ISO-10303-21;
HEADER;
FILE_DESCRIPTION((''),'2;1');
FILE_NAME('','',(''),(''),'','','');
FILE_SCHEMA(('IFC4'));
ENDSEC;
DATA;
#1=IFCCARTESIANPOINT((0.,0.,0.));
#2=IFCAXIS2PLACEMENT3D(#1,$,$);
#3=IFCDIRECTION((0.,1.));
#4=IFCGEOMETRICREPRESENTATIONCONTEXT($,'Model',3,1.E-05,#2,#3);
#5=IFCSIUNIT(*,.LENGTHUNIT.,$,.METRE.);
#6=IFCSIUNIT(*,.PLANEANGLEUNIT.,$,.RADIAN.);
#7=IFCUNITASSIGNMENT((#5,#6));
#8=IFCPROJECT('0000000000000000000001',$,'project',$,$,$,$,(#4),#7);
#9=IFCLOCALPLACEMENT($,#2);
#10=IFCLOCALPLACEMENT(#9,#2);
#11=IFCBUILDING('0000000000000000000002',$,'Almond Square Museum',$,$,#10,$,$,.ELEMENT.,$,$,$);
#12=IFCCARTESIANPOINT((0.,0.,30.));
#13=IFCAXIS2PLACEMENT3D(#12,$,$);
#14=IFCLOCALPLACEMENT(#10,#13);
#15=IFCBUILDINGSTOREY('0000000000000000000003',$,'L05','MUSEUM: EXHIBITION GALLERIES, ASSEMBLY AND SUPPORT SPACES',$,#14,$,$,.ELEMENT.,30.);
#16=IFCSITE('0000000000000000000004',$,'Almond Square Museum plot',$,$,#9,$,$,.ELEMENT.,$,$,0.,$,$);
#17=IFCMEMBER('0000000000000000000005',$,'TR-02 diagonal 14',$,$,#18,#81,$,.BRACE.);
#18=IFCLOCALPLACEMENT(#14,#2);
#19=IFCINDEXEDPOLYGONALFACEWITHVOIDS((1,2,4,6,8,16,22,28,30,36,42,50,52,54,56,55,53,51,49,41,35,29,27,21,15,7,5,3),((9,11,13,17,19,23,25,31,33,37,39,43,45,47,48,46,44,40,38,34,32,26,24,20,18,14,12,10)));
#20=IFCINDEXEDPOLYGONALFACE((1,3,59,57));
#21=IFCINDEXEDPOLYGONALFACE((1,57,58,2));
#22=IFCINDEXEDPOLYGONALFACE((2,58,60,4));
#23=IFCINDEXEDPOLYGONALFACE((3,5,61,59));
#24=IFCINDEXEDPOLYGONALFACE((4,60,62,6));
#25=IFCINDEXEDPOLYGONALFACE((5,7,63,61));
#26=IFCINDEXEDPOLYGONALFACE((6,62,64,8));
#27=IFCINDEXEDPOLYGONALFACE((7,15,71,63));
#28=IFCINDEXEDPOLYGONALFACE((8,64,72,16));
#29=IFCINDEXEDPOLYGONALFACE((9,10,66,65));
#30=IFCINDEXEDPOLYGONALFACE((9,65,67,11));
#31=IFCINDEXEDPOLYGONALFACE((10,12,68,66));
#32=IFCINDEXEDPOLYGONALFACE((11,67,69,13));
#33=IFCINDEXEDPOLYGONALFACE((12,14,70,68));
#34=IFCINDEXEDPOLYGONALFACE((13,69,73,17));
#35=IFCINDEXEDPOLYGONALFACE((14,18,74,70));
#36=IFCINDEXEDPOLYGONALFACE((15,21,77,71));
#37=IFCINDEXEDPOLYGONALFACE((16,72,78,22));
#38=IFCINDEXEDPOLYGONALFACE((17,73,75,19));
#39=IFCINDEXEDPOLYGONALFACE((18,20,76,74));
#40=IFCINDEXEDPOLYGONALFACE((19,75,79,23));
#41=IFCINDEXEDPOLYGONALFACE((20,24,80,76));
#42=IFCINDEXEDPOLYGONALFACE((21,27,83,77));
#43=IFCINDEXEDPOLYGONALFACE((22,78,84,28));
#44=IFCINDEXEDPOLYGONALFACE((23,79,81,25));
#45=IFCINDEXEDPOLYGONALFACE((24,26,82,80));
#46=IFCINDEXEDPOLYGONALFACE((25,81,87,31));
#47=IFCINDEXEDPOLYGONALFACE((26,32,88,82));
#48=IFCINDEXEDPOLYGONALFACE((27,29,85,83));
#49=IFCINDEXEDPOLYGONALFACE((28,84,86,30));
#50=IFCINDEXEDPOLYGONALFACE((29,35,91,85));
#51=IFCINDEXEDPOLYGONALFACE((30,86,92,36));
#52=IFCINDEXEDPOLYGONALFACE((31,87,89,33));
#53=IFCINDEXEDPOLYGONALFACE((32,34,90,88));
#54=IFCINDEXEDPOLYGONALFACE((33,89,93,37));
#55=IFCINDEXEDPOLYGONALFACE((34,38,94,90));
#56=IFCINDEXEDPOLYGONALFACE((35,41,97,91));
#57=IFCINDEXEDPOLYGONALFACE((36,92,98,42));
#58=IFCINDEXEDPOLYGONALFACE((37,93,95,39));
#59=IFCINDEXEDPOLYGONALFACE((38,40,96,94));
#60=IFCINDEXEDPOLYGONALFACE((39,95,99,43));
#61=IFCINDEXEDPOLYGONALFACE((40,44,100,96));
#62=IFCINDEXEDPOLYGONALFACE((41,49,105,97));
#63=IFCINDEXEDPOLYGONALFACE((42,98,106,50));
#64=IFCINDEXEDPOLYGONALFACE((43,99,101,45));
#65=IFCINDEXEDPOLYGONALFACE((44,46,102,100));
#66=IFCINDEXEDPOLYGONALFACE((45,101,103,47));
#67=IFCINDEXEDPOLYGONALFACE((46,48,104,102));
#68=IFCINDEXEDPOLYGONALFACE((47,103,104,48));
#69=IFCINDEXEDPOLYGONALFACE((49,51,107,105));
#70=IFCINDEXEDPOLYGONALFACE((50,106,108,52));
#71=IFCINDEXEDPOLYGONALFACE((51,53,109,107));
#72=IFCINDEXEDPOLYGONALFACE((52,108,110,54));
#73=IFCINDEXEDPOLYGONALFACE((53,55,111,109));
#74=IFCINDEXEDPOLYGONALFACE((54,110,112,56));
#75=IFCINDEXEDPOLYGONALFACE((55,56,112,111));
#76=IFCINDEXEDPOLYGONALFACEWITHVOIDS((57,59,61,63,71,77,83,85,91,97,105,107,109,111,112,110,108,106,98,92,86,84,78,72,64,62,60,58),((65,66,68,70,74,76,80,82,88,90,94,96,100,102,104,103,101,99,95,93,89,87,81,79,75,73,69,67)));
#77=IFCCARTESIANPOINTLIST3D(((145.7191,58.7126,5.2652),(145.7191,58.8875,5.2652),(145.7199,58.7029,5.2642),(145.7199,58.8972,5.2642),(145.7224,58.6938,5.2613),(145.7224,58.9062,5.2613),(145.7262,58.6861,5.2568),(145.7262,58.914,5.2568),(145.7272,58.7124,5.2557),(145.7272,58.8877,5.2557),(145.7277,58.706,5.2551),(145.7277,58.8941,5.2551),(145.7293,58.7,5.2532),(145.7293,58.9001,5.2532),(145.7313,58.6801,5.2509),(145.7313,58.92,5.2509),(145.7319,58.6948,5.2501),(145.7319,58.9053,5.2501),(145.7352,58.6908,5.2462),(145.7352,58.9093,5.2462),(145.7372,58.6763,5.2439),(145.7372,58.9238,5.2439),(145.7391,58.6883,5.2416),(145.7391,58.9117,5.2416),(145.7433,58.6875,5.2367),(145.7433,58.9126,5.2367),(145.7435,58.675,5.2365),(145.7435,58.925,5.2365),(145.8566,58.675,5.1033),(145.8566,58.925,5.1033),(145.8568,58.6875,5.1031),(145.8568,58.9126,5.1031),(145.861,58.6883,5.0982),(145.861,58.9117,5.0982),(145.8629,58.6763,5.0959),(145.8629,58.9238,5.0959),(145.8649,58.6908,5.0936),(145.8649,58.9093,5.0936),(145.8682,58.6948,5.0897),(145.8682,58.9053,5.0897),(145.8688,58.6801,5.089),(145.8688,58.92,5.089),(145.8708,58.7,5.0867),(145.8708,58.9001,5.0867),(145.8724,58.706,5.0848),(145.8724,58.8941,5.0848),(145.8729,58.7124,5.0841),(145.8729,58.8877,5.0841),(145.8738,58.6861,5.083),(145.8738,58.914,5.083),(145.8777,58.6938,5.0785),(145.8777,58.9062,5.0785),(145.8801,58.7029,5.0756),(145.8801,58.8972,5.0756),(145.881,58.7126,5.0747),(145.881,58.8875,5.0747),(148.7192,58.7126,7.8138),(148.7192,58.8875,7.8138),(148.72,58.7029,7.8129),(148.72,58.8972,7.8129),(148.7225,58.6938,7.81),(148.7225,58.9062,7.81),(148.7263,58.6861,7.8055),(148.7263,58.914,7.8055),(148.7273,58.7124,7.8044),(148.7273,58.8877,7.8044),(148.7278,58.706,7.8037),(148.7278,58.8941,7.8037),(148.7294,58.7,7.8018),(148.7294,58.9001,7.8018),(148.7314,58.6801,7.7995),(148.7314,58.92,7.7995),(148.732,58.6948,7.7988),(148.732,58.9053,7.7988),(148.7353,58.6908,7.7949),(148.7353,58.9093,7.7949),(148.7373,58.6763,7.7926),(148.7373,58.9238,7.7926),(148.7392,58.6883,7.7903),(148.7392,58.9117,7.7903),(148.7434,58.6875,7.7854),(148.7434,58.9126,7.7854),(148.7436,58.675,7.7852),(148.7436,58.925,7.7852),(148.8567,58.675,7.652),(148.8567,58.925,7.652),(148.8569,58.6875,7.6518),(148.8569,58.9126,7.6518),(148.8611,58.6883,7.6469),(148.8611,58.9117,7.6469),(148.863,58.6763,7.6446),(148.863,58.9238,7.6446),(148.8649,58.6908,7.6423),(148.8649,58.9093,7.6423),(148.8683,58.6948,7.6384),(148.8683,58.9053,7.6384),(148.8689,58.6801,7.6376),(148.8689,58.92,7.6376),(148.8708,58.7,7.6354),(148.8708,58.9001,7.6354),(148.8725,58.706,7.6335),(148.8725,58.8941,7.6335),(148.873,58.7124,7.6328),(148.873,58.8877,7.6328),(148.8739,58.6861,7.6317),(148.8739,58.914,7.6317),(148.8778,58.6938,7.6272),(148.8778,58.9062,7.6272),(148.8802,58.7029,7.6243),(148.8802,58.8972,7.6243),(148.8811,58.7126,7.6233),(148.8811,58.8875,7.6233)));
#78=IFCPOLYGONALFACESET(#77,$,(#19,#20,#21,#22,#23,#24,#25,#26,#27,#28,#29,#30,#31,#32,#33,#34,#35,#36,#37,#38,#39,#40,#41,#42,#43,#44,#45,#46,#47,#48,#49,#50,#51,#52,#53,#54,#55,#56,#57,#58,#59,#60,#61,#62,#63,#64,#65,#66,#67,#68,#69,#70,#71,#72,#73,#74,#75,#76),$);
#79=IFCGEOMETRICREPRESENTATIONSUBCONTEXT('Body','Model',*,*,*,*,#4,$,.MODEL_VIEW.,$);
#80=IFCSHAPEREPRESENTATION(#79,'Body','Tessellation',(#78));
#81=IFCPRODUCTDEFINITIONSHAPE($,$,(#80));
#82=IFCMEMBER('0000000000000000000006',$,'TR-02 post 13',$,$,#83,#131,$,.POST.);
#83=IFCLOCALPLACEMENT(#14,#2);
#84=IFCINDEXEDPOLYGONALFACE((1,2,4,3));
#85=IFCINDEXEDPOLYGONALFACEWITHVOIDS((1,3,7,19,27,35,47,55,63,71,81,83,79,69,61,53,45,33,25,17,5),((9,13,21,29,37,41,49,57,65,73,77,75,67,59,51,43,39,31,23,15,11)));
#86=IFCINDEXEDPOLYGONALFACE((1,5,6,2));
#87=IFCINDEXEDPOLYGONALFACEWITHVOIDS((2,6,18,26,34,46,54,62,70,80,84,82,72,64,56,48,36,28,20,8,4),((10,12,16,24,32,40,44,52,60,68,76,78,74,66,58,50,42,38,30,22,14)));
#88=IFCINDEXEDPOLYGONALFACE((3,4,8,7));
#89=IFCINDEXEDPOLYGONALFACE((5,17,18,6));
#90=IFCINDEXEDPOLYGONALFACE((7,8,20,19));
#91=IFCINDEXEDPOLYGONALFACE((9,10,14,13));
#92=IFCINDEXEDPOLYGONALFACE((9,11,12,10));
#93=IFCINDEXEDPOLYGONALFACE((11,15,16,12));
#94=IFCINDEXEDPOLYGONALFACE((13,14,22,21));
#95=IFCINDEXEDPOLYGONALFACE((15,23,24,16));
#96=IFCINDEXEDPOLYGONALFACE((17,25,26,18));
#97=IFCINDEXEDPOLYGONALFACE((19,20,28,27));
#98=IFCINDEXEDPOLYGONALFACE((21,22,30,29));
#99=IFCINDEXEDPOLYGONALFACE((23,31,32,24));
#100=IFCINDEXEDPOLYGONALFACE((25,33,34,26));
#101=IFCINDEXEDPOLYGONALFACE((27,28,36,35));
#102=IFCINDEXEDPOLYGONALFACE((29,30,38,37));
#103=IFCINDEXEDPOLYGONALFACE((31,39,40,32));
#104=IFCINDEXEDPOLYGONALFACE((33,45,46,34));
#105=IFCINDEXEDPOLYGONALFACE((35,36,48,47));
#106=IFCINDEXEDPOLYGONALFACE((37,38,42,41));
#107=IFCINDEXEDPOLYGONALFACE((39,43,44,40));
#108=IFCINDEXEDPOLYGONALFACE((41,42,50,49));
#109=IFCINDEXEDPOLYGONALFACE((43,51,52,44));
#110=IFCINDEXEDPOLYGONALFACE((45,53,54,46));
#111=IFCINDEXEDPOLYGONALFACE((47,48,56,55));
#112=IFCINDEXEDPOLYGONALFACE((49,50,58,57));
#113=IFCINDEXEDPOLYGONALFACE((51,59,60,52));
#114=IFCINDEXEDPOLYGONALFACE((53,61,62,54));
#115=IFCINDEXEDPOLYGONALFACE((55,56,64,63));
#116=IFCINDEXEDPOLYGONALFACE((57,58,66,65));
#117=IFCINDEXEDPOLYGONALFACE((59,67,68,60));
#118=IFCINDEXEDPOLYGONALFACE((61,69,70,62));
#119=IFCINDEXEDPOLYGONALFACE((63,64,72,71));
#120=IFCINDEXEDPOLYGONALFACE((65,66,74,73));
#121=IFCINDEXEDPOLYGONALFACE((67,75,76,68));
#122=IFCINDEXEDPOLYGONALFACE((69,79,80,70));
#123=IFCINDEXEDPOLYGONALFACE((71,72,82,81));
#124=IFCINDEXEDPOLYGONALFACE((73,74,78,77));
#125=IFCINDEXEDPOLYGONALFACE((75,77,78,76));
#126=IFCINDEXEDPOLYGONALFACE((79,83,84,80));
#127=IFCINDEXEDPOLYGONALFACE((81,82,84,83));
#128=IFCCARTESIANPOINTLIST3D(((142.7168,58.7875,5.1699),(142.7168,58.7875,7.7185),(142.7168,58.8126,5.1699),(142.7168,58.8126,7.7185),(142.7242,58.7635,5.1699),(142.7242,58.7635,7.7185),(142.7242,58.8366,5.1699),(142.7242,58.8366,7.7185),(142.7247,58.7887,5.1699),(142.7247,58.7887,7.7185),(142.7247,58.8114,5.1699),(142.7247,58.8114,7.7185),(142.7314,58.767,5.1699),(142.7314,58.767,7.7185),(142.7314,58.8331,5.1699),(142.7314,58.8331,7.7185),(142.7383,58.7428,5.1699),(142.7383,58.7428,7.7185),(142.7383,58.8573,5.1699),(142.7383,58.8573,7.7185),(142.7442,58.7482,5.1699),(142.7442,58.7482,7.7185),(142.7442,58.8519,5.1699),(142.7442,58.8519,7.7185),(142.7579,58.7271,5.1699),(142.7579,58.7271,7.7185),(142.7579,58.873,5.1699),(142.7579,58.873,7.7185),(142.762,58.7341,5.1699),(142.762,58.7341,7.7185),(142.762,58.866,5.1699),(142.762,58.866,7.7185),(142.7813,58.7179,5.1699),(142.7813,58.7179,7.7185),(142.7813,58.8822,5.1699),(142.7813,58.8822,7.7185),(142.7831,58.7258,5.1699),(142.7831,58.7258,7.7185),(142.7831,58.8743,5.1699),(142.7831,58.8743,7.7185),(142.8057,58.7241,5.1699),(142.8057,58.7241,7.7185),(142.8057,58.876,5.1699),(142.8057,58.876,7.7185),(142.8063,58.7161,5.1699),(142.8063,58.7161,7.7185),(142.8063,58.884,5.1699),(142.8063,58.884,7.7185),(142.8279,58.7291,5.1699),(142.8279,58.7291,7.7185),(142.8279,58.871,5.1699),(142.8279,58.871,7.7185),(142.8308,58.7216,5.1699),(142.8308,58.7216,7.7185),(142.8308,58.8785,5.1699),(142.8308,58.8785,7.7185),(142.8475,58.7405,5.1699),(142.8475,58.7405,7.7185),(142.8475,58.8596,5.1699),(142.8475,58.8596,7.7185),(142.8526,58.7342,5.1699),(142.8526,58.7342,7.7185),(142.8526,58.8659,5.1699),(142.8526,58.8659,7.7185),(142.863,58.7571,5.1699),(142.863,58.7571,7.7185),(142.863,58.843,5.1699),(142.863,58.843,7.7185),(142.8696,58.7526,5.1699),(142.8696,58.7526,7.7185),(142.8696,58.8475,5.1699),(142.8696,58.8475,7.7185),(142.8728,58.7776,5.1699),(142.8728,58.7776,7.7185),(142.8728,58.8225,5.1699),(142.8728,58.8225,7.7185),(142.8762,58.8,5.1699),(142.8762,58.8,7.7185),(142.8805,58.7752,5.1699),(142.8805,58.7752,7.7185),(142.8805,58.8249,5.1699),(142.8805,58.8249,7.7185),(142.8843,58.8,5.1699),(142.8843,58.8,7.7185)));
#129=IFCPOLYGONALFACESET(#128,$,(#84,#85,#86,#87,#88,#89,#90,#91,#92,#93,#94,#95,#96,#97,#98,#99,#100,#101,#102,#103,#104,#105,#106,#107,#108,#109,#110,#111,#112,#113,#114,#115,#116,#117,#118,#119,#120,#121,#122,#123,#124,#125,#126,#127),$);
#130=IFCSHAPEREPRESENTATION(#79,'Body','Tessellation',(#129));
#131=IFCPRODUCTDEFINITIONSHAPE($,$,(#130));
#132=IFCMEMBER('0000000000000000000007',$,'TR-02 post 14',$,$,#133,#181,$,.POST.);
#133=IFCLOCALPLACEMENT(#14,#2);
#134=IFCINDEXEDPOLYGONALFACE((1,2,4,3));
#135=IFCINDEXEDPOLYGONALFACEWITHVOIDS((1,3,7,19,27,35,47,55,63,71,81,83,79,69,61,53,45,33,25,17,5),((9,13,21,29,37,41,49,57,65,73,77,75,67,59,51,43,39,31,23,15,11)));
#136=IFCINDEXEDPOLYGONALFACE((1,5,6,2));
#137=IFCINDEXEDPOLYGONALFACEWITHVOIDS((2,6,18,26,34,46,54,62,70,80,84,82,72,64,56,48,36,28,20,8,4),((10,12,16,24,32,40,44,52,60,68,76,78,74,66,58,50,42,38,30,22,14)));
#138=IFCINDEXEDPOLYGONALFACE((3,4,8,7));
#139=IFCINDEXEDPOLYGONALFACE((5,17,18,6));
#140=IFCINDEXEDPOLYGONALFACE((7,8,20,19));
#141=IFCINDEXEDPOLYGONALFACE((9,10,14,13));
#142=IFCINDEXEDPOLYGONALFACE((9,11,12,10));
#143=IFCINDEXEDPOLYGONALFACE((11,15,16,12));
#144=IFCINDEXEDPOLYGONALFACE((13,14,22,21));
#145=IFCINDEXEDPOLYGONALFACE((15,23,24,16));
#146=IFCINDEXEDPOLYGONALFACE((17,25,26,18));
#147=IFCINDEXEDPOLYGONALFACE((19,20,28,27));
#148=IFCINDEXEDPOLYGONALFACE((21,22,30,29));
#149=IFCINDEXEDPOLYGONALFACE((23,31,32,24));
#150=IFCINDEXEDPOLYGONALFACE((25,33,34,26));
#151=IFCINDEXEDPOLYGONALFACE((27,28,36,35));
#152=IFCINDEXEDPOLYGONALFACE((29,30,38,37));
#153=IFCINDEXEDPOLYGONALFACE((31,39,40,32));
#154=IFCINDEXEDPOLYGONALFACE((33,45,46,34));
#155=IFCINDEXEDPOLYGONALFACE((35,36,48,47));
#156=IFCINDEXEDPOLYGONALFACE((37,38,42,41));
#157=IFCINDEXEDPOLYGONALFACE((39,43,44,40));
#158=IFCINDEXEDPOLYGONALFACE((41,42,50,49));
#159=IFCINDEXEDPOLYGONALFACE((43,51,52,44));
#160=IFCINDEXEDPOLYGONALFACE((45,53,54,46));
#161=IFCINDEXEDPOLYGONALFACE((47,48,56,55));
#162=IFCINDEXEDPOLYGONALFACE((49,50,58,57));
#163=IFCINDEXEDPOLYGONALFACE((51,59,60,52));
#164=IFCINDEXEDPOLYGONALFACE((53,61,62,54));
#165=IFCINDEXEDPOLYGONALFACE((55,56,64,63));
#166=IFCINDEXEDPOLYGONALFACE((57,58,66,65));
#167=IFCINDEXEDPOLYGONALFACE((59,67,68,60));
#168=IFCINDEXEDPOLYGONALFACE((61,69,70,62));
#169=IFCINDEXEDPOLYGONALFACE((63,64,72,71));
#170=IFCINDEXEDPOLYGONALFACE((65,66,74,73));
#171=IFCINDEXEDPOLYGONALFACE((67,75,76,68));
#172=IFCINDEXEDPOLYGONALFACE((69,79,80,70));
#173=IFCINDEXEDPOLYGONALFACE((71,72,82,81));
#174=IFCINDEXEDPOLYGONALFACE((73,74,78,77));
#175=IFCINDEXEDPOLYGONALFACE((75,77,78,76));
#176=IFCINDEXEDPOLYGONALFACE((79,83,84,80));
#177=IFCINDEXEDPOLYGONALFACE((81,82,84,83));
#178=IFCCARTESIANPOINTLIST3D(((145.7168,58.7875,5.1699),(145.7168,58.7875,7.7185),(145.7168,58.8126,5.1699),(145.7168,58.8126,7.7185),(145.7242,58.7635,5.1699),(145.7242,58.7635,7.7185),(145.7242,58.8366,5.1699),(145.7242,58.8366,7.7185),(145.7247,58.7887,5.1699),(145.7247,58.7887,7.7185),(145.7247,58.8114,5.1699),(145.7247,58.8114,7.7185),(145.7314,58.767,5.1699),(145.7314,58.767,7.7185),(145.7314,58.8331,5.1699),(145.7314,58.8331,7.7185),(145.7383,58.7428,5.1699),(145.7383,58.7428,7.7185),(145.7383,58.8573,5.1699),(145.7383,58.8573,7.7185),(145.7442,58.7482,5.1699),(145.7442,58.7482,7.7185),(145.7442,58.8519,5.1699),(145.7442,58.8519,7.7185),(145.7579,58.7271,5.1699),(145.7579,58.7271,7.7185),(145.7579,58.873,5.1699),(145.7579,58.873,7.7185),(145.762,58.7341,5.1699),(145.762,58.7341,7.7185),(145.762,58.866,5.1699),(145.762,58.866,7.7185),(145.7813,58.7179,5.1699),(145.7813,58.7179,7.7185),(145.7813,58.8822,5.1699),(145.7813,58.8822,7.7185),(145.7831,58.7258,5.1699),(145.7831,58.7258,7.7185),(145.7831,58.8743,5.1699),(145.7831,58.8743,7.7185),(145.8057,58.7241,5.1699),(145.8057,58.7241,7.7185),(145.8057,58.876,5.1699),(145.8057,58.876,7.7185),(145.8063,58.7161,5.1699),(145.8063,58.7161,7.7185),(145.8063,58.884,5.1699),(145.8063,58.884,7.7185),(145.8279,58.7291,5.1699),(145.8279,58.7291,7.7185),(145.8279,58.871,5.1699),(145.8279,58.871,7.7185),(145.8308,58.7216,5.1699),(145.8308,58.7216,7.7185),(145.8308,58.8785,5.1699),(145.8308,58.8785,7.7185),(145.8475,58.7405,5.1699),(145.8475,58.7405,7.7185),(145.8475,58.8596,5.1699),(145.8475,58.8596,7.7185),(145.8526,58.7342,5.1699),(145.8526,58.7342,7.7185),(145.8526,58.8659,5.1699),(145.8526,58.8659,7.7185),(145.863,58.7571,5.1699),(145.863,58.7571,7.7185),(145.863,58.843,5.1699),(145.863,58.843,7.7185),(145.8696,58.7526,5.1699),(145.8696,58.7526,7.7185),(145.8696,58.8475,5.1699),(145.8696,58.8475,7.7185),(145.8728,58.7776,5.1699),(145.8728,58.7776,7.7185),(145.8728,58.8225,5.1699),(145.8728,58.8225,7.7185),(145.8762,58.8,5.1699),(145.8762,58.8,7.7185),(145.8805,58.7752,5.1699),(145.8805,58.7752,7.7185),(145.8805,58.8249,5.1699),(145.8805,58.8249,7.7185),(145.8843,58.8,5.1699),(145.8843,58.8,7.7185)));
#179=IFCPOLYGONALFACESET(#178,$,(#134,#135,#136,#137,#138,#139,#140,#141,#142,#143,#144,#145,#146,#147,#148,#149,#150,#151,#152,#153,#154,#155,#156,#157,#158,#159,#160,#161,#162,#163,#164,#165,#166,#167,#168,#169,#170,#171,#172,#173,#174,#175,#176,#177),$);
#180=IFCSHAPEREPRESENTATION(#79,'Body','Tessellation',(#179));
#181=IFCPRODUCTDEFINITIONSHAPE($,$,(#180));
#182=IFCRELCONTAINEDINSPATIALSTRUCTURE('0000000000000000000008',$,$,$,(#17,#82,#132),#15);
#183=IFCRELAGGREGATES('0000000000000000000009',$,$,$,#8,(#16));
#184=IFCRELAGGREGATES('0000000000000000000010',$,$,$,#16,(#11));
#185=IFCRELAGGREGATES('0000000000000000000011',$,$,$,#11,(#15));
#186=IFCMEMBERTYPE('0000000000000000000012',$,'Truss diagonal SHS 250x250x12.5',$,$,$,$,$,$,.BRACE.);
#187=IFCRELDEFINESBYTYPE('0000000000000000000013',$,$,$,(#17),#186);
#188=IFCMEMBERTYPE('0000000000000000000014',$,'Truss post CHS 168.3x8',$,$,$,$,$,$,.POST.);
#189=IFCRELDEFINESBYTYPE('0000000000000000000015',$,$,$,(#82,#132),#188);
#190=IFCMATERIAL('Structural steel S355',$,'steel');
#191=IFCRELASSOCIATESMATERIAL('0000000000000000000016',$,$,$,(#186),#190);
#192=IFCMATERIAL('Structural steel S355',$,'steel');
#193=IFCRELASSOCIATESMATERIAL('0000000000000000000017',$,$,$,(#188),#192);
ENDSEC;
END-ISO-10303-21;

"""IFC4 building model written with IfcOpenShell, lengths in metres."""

from ifc_helpers import new_model, si_unit, direction, frame, origin, origin_2d, place, context, subcontext, project, spatial, hollow_rectangle, hollow_circle, extrude, material, material_profile, profile_set, type_object, element, save


model = new_model("IFC4")

# Units and contexts
model_context = context("Model", 3, precision=1e-05, world=origin(), true_north=direction((0.0, 1.0)))
body_context = subcontext(model_context, "Body", "Model", "MODEL_VIEW")
ifc_project = project(units=[si_unit("LENGTHUNIT", "METRE"), si_unit("PLANEANGLEUNIT", "RADIAN")], contexts=[model_context])

# Site, building, storey
site_placement = place(None, origin())
site = spatial("IfcSite", under=ifc_project, at=site_placement, Name="Almond Square Museum plot", CompositionType="ELEMENT", RefElevation=0.0)
building_placement = place(site_placement, origin())
building = spatial("IfcBuilding", under=site, at=building_placement, Name="Almond Square Museum", CompositionType="ELEMENT")
storey_placement = place(building_placement, frame((0.0, 0.0, 30.0)))
storey = spatial("IfcBuildingStorey", under=building, at=storey_placement, Name="L05", Description="MUSEUM: EXHIBITION GALLERIES, ASSEMBLY AND SUPPORT SPACES", CompositionType="ELEMENT", Elevation=30.0)

# Members
ifc_material_1 = material(Name="Structural steel S355", Category="steel")
ifc_material_profile_1 = material_profile(ifc_material_1, hollow_rectangle(XDim=0.25, YDim=0.25, WallThickness=0.0125, InnerFilletRadius=0.0249, OuterFilletRadius=0.0376, at=origin_2d()))
ifc_profile_set_1 = profile_set([ifc_material_profile_1], Name="Structural steel S355")
member_type_1 = type_object("IfcMemberType", Name="Truss diagonal SHS 250x250x12.5", PredefinedType="BRACE", material=ifc_profile_set_1)
member_1_placement = place(storey_placement, frame((145.8, 58.8, 5.1699), z_axis=(0.762117, 0.0, 0.64744), x_axis=(0.0, 1.0, 0.0)))
element("IfcMember", 1, at=member_1_placement, inside=storey, type_object=member_type_1, Name="TR-02 diagonal 14", PredefinedType="BRACE", context=body_context, shape_type="SweptSolid", body=[
    extrude(hollow_rectangle(XDim=0.25, YDim=0.25, WallThickness=0.0125, InnerFilletRadius=0.0249, OuterFilletRadius=0.0376, at=origin_2d()), origin(), (0.0, 0.0, 1.0), 3.9365),
])
ifc_material_2 = material(Name="Structural steel S355", Category="steel")
ifc_material_profile_2 = material_profile(ifc_material_2, hollow_circle(Radius=0.0842, WallThickness=0.0081, at=origin_2d()))
ifc_profile_set_2 = profile_set([ifc_material_profile_2], Name="Structural steel S355")
member_type_2 = type_object("IfcMemberType", Name="Truss post CHS 168.3x8", PredefinedType="POST", material=ifc_profile_set_2)
for number, where, z_axis, x_axis, name in (
    (2, (142.8, 58.8, 5.1699), (0.0, 0.0, 1.0), (1.0, 0.0, 0.0), "TR-02 post 13"),
    (3, (145.8, 58.8, 5.1699), (0.0, 0.0, 1.0), (1.0, 0.0, 0.0), "TR-02 post 14"),
):
    element("IfcMember", number, at=place(storey_placement, frame(where, z_axis=z_axis, x_axis=x_axis)), inside=storey, type_object=member_type_2, Name=name, PredefinedType="POST", context=body_context, shape_type="SweptSolid", body=[
        extrude(hollow_circle(Radius=0.0842, WallThickness=0.0081, at=origin_2d()), origin(), (0.0, 0.0, 1.0), 2.5486),
    ])

save(model, "model.ifc")
